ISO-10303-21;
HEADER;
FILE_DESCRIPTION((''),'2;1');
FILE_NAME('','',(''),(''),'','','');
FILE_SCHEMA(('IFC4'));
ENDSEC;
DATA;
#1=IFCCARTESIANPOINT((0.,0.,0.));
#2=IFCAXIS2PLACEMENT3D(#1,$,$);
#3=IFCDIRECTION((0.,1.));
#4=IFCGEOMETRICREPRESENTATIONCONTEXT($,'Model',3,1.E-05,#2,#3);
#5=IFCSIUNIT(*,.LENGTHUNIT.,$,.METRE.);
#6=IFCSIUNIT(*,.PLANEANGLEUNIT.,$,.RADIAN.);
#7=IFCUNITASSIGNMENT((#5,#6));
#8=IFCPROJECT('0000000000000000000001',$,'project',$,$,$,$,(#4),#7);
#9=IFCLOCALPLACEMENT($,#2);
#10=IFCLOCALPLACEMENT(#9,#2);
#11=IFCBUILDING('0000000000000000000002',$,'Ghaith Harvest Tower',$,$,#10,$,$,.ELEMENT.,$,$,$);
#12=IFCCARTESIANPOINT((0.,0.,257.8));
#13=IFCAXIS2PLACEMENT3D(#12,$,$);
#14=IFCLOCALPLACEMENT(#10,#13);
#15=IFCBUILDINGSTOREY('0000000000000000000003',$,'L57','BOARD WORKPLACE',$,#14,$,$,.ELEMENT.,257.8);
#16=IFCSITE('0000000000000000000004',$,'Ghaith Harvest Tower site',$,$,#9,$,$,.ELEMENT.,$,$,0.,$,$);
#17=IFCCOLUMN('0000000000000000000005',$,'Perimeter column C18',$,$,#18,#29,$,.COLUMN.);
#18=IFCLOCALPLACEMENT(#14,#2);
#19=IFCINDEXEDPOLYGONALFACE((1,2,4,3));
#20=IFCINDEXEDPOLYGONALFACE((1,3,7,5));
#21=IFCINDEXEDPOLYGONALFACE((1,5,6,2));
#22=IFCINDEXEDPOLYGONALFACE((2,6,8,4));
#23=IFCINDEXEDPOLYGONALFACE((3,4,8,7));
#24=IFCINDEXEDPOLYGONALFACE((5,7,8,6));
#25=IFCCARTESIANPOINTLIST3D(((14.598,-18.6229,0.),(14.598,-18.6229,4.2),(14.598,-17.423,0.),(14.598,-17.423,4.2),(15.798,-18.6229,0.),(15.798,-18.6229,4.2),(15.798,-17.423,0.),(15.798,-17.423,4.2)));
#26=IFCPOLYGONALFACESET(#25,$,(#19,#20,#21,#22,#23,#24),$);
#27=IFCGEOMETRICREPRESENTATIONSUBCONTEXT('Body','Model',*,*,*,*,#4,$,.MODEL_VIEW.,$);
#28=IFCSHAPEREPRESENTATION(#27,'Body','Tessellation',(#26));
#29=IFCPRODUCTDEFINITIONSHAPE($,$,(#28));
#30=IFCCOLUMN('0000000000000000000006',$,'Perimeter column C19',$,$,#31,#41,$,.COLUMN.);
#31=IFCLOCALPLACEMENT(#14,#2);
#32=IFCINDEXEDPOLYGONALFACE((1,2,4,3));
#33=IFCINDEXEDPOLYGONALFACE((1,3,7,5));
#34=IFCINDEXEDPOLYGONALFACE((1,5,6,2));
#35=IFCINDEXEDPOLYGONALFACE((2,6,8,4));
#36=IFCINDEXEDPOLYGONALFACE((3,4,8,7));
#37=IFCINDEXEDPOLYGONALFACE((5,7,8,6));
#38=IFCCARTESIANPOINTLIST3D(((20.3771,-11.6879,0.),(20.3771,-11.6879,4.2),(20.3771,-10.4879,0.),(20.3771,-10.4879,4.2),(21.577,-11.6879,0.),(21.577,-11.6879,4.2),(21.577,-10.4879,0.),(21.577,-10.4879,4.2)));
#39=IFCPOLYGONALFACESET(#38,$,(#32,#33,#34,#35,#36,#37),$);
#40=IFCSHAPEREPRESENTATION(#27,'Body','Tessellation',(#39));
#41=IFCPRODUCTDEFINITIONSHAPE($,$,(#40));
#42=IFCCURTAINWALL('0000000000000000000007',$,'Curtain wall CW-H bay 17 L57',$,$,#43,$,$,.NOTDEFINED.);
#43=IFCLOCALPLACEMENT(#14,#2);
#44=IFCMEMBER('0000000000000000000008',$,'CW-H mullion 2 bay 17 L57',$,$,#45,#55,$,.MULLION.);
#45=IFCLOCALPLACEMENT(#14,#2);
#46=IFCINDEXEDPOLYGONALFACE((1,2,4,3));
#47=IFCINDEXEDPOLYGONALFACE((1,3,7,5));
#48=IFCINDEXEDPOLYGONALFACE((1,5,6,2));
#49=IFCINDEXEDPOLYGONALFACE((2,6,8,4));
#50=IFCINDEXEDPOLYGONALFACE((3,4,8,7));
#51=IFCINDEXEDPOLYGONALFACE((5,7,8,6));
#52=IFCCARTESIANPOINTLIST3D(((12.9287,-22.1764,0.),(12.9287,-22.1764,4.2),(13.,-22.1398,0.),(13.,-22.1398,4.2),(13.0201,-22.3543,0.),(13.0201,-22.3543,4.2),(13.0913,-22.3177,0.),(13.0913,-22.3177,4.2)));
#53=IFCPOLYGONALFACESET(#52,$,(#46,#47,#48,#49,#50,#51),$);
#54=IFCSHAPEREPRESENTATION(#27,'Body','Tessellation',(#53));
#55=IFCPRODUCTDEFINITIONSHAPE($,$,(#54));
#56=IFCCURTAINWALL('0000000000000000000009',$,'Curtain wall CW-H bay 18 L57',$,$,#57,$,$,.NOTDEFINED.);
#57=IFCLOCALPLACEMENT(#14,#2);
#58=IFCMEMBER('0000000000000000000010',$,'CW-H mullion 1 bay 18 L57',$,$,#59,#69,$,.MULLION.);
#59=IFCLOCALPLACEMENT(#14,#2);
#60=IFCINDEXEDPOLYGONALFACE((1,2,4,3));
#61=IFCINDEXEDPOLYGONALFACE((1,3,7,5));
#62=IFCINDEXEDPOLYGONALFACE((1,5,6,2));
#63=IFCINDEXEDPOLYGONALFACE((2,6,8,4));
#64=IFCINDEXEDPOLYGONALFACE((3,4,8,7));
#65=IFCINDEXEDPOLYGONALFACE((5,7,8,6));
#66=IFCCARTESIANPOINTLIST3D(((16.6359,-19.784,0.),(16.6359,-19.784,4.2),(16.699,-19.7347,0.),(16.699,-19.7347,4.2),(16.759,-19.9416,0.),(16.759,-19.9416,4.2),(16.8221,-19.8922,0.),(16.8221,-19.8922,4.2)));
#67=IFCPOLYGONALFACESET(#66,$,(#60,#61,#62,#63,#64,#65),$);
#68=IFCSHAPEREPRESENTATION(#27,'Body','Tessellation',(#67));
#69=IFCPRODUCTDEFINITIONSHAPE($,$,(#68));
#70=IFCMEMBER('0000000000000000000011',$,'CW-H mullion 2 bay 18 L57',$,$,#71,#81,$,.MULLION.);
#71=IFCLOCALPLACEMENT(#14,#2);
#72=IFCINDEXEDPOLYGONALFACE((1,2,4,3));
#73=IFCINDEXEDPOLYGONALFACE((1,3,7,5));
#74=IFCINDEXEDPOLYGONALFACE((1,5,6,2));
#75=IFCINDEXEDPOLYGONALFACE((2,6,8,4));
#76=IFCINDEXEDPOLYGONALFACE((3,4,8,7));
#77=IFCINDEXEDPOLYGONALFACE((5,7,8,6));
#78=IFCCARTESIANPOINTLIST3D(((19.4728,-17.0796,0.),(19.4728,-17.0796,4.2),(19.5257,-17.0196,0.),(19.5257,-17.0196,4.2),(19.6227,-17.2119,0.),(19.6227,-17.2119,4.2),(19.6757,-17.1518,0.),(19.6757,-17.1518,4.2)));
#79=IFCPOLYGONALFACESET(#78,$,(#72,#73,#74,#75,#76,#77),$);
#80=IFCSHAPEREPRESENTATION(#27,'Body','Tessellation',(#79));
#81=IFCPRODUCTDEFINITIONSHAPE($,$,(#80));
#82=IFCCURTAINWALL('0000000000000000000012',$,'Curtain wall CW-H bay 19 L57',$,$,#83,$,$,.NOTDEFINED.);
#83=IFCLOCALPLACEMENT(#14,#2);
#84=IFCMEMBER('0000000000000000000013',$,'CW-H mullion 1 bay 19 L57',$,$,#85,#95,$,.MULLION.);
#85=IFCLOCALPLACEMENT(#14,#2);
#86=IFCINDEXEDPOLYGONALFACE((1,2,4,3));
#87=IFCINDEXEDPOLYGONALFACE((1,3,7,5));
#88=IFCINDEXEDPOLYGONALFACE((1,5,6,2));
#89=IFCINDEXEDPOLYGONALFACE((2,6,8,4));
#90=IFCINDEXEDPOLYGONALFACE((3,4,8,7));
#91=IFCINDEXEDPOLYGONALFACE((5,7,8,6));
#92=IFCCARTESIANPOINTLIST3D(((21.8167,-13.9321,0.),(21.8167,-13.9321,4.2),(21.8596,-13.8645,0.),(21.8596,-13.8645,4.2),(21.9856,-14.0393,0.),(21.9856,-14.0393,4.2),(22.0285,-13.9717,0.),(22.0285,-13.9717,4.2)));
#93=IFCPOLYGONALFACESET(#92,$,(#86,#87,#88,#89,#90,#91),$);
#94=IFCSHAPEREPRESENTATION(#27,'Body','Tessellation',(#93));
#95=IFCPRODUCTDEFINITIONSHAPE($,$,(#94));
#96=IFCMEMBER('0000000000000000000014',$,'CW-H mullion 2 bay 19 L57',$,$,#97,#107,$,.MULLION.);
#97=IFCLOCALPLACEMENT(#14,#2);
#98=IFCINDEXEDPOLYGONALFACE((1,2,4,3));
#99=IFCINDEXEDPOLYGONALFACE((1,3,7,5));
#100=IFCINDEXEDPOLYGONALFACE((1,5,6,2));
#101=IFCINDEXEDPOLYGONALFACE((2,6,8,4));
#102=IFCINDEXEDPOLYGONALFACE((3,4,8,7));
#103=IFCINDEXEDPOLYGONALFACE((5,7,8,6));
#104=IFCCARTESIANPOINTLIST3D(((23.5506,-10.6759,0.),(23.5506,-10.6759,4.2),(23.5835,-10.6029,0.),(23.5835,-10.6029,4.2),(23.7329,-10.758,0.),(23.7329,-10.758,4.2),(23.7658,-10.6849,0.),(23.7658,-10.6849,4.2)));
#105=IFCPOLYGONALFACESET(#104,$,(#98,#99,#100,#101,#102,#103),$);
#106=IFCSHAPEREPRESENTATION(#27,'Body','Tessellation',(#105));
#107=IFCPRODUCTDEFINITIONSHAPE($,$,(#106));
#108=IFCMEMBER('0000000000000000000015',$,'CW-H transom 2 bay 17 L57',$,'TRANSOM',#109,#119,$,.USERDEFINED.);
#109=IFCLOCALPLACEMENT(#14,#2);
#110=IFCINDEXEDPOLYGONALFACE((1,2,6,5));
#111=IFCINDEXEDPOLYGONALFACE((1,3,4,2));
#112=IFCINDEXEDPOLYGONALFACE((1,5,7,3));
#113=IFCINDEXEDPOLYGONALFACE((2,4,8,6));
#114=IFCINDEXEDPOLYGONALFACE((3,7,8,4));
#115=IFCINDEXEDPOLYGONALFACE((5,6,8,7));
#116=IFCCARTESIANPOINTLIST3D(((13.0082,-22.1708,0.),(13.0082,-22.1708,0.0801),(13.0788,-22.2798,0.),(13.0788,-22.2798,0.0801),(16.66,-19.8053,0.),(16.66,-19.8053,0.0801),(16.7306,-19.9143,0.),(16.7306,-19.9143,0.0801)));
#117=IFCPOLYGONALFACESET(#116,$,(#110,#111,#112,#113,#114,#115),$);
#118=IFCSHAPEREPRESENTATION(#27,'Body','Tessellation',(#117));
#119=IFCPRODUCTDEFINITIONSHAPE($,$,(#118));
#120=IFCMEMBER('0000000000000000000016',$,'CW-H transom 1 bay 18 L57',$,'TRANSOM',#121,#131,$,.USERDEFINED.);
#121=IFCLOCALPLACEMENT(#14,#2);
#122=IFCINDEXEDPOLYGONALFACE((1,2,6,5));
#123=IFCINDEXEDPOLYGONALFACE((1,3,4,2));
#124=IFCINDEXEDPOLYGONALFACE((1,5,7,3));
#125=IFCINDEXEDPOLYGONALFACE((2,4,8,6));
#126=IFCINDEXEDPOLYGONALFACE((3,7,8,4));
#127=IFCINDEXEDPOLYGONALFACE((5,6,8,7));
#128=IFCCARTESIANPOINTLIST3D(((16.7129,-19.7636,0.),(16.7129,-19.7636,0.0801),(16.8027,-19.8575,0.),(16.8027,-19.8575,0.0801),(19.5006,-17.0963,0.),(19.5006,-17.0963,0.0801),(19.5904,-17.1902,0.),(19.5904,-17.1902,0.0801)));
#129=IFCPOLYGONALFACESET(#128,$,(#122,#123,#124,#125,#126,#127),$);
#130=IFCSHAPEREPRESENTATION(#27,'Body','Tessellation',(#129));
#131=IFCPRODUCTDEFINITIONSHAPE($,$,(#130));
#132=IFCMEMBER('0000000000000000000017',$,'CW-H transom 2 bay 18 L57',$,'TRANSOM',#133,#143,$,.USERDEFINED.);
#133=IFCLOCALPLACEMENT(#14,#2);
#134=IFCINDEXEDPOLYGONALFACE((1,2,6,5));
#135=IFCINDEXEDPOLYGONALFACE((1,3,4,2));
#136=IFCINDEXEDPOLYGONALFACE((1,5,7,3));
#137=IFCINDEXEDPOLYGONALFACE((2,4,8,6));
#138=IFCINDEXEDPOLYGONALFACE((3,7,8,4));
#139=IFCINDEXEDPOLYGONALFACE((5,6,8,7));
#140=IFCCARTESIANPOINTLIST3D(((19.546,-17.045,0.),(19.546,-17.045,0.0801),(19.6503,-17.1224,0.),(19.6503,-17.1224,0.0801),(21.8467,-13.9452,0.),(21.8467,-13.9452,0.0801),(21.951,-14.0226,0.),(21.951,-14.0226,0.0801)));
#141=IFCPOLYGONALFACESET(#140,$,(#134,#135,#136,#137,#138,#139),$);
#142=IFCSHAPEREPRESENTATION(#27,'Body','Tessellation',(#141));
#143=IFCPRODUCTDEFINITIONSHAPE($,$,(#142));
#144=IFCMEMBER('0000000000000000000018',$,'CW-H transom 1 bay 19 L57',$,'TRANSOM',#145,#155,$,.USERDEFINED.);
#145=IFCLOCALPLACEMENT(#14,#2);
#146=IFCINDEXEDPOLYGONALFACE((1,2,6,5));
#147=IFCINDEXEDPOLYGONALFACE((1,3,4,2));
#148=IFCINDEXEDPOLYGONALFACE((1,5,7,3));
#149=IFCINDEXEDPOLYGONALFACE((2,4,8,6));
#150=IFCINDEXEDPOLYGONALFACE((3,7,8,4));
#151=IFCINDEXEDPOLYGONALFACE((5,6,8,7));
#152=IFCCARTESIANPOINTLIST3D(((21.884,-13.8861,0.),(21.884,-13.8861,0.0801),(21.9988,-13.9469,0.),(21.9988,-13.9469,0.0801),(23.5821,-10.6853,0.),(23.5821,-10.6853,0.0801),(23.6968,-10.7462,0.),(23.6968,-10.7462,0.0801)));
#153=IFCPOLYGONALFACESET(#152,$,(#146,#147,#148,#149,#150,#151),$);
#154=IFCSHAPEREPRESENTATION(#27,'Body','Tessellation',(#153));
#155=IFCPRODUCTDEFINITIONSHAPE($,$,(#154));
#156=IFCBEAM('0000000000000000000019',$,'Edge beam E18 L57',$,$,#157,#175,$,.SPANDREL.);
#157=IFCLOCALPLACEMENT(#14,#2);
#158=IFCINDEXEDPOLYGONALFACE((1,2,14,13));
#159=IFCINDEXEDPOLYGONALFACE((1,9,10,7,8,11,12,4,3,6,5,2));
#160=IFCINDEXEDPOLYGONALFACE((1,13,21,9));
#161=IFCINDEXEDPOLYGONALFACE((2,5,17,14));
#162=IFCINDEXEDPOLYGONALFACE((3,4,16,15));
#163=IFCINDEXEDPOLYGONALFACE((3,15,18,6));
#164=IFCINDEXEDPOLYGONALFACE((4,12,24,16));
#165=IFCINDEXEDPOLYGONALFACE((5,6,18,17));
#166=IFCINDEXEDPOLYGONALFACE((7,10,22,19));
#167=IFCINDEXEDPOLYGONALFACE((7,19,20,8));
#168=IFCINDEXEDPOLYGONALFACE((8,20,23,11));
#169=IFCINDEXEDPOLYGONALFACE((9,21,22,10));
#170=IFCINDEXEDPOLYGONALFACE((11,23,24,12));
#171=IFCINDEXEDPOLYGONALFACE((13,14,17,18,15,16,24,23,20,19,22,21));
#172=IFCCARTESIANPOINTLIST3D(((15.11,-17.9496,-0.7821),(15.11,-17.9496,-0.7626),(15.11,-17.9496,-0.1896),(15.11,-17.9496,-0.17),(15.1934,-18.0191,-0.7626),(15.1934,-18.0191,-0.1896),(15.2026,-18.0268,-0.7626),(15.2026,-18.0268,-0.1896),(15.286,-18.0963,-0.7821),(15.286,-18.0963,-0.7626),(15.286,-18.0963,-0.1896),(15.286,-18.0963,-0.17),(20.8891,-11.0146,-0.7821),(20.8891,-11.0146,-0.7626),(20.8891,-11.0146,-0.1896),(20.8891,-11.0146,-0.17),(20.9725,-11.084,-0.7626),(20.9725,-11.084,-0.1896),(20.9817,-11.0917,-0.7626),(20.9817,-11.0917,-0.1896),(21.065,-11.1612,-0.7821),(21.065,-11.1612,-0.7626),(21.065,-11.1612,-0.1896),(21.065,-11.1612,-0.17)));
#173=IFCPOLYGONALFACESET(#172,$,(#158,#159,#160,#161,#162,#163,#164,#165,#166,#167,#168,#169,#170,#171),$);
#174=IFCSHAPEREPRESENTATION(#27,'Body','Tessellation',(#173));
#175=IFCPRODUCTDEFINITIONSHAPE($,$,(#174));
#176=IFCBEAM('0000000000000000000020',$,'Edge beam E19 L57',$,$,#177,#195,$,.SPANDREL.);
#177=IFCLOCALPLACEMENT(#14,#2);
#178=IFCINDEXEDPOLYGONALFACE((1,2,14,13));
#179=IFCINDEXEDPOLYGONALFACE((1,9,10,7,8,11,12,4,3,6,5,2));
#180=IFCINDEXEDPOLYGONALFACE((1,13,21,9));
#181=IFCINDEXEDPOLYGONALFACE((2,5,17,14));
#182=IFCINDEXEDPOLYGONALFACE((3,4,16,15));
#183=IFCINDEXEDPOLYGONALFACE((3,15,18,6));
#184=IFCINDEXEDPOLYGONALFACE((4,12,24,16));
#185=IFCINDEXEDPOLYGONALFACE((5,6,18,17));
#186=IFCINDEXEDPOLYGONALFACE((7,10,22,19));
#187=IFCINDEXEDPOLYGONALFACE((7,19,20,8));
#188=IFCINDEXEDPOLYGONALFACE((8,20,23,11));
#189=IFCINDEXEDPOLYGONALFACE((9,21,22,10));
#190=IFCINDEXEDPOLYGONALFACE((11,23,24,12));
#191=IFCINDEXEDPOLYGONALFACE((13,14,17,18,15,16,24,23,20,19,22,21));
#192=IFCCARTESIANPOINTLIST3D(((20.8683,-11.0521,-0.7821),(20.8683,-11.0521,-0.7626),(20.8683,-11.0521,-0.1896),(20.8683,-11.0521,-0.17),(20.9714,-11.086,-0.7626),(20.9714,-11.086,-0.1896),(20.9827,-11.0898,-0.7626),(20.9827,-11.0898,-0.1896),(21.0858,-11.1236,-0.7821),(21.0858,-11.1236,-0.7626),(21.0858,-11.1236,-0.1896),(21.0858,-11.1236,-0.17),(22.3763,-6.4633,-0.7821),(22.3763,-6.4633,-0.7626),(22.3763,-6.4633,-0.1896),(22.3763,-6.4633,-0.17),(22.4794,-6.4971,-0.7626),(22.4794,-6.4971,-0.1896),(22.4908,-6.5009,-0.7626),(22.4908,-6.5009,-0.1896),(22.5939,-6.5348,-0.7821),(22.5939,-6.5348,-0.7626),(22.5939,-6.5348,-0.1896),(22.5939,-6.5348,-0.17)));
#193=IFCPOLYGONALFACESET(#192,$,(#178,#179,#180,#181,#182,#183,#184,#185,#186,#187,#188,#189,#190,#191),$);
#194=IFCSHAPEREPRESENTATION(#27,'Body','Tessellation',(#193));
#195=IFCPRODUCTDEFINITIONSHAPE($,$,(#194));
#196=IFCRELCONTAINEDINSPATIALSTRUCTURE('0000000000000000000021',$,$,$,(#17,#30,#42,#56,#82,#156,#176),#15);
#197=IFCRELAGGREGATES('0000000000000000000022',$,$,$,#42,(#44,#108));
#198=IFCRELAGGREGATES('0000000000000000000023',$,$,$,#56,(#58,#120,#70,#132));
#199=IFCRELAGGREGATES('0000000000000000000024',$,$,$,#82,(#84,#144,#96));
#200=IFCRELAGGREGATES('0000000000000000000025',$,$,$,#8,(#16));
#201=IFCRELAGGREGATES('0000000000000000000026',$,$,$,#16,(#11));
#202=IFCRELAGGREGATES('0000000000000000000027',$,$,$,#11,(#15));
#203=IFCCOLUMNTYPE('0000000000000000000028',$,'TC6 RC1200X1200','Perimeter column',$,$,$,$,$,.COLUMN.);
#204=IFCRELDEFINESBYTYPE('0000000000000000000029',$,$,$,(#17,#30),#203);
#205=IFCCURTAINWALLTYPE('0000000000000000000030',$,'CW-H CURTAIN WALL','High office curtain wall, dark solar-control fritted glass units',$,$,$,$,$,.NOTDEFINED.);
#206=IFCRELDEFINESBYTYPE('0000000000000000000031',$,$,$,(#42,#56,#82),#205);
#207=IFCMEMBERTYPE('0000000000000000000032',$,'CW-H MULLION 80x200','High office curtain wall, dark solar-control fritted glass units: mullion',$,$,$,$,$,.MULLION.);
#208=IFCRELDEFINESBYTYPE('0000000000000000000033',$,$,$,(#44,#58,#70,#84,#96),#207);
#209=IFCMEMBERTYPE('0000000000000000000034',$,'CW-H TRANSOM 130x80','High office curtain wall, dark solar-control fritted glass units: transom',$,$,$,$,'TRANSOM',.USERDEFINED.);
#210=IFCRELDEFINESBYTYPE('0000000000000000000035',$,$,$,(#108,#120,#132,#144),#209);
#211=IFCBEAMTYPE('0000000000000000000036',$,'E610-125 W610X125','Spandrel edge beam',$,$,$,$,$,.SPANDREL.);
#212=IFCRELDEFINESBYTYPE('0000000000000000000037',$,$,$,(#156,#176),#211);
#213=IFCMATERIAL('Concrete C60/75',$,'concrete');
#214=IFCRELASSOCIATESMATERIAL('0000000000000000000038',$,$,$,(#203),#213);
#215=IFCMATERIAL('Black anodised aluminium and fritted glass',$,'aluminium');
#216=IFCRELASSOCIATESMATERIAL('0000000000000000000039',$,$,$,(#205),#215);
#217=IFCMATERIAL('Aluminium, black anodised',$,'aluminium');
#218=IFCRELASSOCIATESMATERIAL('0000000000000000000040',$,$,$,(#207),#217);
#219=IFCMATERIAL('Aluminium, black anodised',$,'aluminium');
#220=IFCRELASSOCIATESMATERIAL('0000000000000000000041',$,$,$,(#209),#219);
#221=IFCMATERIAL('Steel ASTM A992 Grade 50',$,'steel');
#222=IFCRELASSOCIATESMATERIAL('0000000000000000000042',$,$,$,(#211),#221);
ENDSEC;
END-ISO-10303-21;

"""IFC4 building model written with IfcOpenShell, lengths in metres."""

from ifc_helpers import new_model, si_unit, direction, frame, origin, origin_2d, place, context, subcontext, project, spatial, rectangle, i_section, extrude, material, material_profile, profile_set, type_object, element, aggregate, save


model = new_model("IFC4")

# Units and contexts
model_context = context("Model", 3, precision=1e-05, world=origin(), true_north=direction((0.0, 1.0)))
body_context = subcontext(model_context, "Body", "Model", "MODEL_VIEW")
ifc_project = project(units=[si_unit("LENGTHUNIT", "METRE"), si_unit("PLANEANGLEUNIT", "RADIAN")], contexts=[model_context])

# Site, building, storey
site_placement = place(None, origin())
site = spatial("IfcSite", under=ifc_project, at=site_placement, Name="Ghaith Harvest Tower site", CompositionType="ELEMENT", RefElevation=0.0)
building_placement = place(site_placement, origin())
building = spatial("IfcBuilding", under=site, at=building_placement, Name="Ghaith Harvest Tower", CompositionType="ELEMENT")
storey_placement = place(building_placement, frame((0.0, 0.0, 257.8)))
storey = spatial("IfcBuildingStorey", under=building, at=storey_placement, Name="L57", Description="BOARD WORKPLACE", CompositionType="ELEMENT", Elevation=257.8)

# Columns
ifc_material_1 = material(Name="Concrete C60/75", Category="concrete")
ifc_material_profile_1 = material_profile(ifc_material_1, rectangle(XDim=1.2, YDim=1.2, at=origin_2d()), Name="RC1200X1200")
ifc_profile_set_1 = profile_set([ifc_material_profile_1], Name="Concrete C60/75")
column_type = type_object("IfcColumnType", Name="TC6 RC1200X1200", Description="Perimeter column", PredefinedType="COLUMN", material=ifc_profile_set_1)
for number, where, z_axis, x_axis, name in (
    (1, (15.198, -18.0229, 0.0), (0.0, 0.0, 1.0), (1.0, 0.0, 0.0), "Perimeter column C18"),
    (2, (20.9771, -11.0879, 0.0), (0.0, 0.0, 1.0), (1.0, 0.0, 0.0), "Perimeter column C19"),
):
    element("IfcColumn", number, at=place(storey_placement, frame(where, z_axis=z_axis, x_axis=x_axis)), inside=storey, type_object=column_type, Name=name, PredefinedType="COLUMN", context=body_context, shape_type="SweptSolid", body=[
        extrude(rectangle(XDim=1.2, YDim=1.2, at=origin_2d()), origin(), (0.0, 0.0, 1.0), 4.2),
    ])

# Curtain wall, member
ifc_material_2 = material(Name="Black anodised aluminium and fritted glass", Category="aluminium")
curtain_wall_type = type_object("IfcCurtainWallType", Name="CW-H CURTAIN WALL", Description="High office curtain wall, dark solar-control fritted glass units", PredefinedType="NOTDEFINED", material=ifc_material_2)
curtain_wall_1_placement = place(storey_placement, origin())
curtain_wall_1 = element("IfcCurtainWall", 3, at=curtain_wall_1_placement, inside=storey, type_object=curtain_wall_type, Name="Curtain wall CW-H bay 17 L57", PredefinedType="NOTDEFINED")
ifc_material_3 = material(Name="Aluminium, black anodised", Category="aluminium")
ifc_material_profile_2 = material_profile(ifc_material_3, rectangle(XDim=0.0801, YDim=0.2, at=origin_2d()), Name="CW-H MULLION 80x200")
ifc_profile_set_2 = profile_set([ifc_material_profile_2], Name="Aluminium, black anodised")
member_type_1 = type_object("IfcMemberType", Name="CW-H MULLION 80x200", Description="High office curtain wall, dark solar-control fritted glass units: mullion", PredefinedType="MULLION", material=ifc_profile_set_2)
member_1_placement = place(storey_placement, frame((13.01, -22.2471, 0.0), z_axis=(0.0, 0.0, 1.0), x_axis=(0.889568, 0.456802, 0.0)))
member_1 = element("IfcMember", 4, at=member_1_placement, type_object=member_type_1, Name="CW-H mullion 2 bay 17 L57", PredefinedType="MULLION", context=body_context, shape_type="SweptSolid", body=[
    extrude(rectangle(XDim=0.0801, YDim=0.2, at=origin_2d()), origin(), (0.0, 0.0, 1.0), 4.2),
])

# Curtain walls, members
curtain_wall_2_placement = place(storey_placement, origin())
curtain_wall_2 = element("IfcCurtainWall", 5, at=curtain_wall_2_placement, inside=storey, type_object=curtain_wall_type, Name="Curtain wall CW-H bay 18 L57", PredefinedType="NOTDEFINED")
member_2_placement = place(storey_placement, frame((16.729, -19.8381, 0.0), z_axis=(0.0, 0.0, 1.0), x_axis=(0.787846, 0.615873, 0.0)))
member_2 = element("IfcMember", 6, at=member_2_placement, type_object=member_type_1, Name="CW-H mullion 1 bay 18 L57", PredefinedType="MULLION", context=body_context, shape_type="SweptSolid", body=[
    extrude(rectangle(XDim=0.0801, YDim=0.2, at=origin_2d()), origin(), (0.0, 0.0, 1.0), 4.2),
])
member_3_placement = place(storey_placement, frame((19.5742, -17.1157, 0.0), z_axis=(0.0, 0.0, 1.0), x_axis=(0.661615, 0.749844, 0.0)))
member_3 = element("IfcMember", 7, at=member_3_placement, type_object=member_type_1, Name="CW-H mullion 2 bay 18 L57", PredefinedType="MULLION", context=body_context, shape_type="SweptSolid", body=[
    extrude(rectangle(XDim=0.0801, YDim=0.2, at=origin_2d()), origin(), (0.0, 0.0, 1.0), 4.2),
])
curtain_wall_3_placement = place(storey_placement, origin())
curtain_wall_3 = element("IfcCurtainWall", 8, at=curtain_wall_3_placement, inside=storey, type_object=curtain_wall_type, Name="Curtain wall CW-H bay 19 L57", PredefinedType="NOTDEFINED")
member_4_placement = place(storey_placement, frame((21.9226, -13.9519, 0.0), z_axis=(0.0, 0.0, 1.0), x_axis=(0.535827, 0.844328, 0.0)))
member_4 = element("IfcMember", 9, at=member_4_placement, type_object=member_type_1, Name="CW-H mullion 1 bay 19 L57", PredefinedType="MULLION", context=body_context, shape_type="SweptSolid", body=[
    extrude(rectangle(XDim=0.0801, YDim=0.2, at=origin_2d()), origin(), (0.0, 0.0, 1.0), 4.2),
])
member_5_placement = place(storey_placement, frame((23.6582, -10.6804, 0.0), z_axis=(0.0, 0.0, 1.0), x_axis=(0.41043, 0.911892, 0.0)))
member_5 = element("IfcMember", 10, at=member_5_placement, type_object=member_type_1, Name="CW-H mullion 2 bay 19 L57", PredefinedType="MULLION", context=body_context, shape_type="SweptSolid", body=[
    extrude(rectangle(XDim=0.0801, YDim=0.2, at=origin_2d()), origin(), (0.0, 0.0, 1.0), 4.2),
])

# Members
ifc_material_4 = material(Name="Aluminium, black anodised", Category="aluminium")
ifc_material_profile_3 = material_profile(ifc_material_4, rectangle(XDim=0.1299, YDim=0.0801, at=origin_2d()), Name="CW-H TRANSOM 130x80")
ifc_profile_set_3 = profile_set([ifc_material_profile_3], Name="Aluminium, black anodised")
member_type_2 = type_object("IfcMemberType", Name="CW-H TRANSOM 130x80", Description="High office curtain wall, dark solar-control fritted glass units: transom", ElementType="TRANSOM", PredefinedType="USERDEFINED", material=ifc_profile_set_3)
member_6_placement = place(storey_placement, frame((13.0435, -22.2253, 0.04), z_axis=(0.839307, 0.543658, 0.0), x_axis=(-0.543658, 0.839307, 0.0)))
member_6 = element("IfcMember", 11, at=member_6_placement, type_object=member_type_2, Name="CW-H transom 2 bay 17 L57", ObjectType="TRANSOM", PredefinedType="USERDEFINED", context=body_context, shape_type="SweptSolid", body=[
    extrude(rectangle(XDim=0.1299, YDim=0.0801, at=origin_2d()), origin(), (0.0, 0.0, 1.0), 4.3511),
])
member_7_placement = place(storey_placement, frame((16.7578, -19.8105, 0.04), z_axis=(0.722533, 0.691336, 0.0), x_axis=(-0.691336, 0.722533, 0.0)))
member_7 = element("IfcMember", 12, at=member_7_placement, type_object=member_type_2, Name="CW-H transom 1 bay 18 L57", ObjectType="TRANSOM", PredefinedType="USERDEFINED", context=body_context, shape_type="SweptSolid", body=[
    extrude(rectangle(XDim=0.1299, YDim=0.0801, at=origin_2d()), origin(), (0.0, 0.0, 1.0), 3.8582),
])
member_8_placement = place(storey_placement, frame((19.5981, -17.0837, 0.04), z_axis=(0.595996, 0.802988, 0.0), x_axis=(-0.802988, 0.595996, 0.0)))
member_8 = element("IfcMember", 13, at=member_8_placement, type_object=member_type_2, Name="CW-H transom 2 bay 18 L57", ObjectType="TRANSOM", PredefinedType="USERDEFINED", context=body_context, shape_type="SweptSolid", body=[
    extrude(rectangle(XDim=0.1299, YDim=0.0801, at=origin_2d()), origin(), (0.0, 0.0, 1.0), 3.8604),
])
member_9_placement = place(storey_placement, frame((21.9414, -13.9165, 0.04), z_axis=(0.468646, 0.883386, 0.0), x_axis=(-0.883386, 0.468646, 0.0)))
member_9 = element("IfcMember", 14, at=member_9_placement, type_object=member_type_2, Name="CW-H transom 1 bay 19 L57", ObjectType="TRANSOM", PredefinedType="USERDEFINED", context=body_context, shape_type="SweptSolid", body=[
    extrude(rectangle(XDim=0.1299, YDim=0.0801, at=origin_2d()), origin(), (0.0, 0.0, 1.0), 3.6233),
])

# Beams
ifc_material_5 = material(Name="Steel ASTM A992 Grade 50", Category="steel")
ifc_material_profile_4 = material_profile(ifc_material_5, i_section(OverallWidth=0.229, OverallDepth=0.6121, WebThickness=0.012, FlangeThickness=0.0195, at=origin_2d()), Name="W610X125")
ifc_profile_set_4 = profile_set([ifc_material_profile_4], Name="Steel ASTM A992 Grade 50")
beam_type = type_object("IfcBeamType", Name="E610-125 W610X125", Description="Spandrel edge beam", PredefinedType="SPANDREL", material=ifc_profile_set_4)
beam_1_placement = place(storey_placement, frame((15.198, -18.0229, -0.4761), z_axis=(0.640174, 0.76823, 0.0), x_axis=(-0.76823, 0.640174, 0.0)))
element("IfcBeam", 15, at=beam_1_placement, inside=storey, type_object=beam_type, Name="Edge beam E18 L57", PredefinedType="SPANDREL", context=body_context, shape_type="SweptSolid", body=[
    extrude(i_section(OverallWidth=0.229, OverallDepth=0.6121, WebThickness=0.012, FlangeThickness=0.0195, at=origin_2d()), origin(), (0.0, 0.0, 1.0), 9.0273),
])
beam_2_placement = place(storey_placement, frame((20.9771, -11.0879, -0.4761), z_axis=(0.312207, 0.950014, 0.0), x_axis=(-0.950014, 0.312207, 0.0)))
element("IfcBeam", 16, at=beam_2_placement, inside=storey, type_object=beam_type, Name="Edge beam E19 L57", PredefinedType="SPANDREL", context=body_context, shape_type="SweptSolid", body=[
    extrude(i_section(OverallWidth=0.229, OverallDepth=0.6121, WebThickness=0.012, FlangeThickness=0.0195, at=origin_2d()), origin(), (0.0, 0.0, 1.0), 4.8303),
])

aggregate(curtain_wall_1, [member_1, member_6])
aggregate(curtain_wall_2, [member_2, member_7, member_3, member_8])
aggregate(curtain_wall_3, [member_4, member_9, member_5])

save(model, "model.ifc")
